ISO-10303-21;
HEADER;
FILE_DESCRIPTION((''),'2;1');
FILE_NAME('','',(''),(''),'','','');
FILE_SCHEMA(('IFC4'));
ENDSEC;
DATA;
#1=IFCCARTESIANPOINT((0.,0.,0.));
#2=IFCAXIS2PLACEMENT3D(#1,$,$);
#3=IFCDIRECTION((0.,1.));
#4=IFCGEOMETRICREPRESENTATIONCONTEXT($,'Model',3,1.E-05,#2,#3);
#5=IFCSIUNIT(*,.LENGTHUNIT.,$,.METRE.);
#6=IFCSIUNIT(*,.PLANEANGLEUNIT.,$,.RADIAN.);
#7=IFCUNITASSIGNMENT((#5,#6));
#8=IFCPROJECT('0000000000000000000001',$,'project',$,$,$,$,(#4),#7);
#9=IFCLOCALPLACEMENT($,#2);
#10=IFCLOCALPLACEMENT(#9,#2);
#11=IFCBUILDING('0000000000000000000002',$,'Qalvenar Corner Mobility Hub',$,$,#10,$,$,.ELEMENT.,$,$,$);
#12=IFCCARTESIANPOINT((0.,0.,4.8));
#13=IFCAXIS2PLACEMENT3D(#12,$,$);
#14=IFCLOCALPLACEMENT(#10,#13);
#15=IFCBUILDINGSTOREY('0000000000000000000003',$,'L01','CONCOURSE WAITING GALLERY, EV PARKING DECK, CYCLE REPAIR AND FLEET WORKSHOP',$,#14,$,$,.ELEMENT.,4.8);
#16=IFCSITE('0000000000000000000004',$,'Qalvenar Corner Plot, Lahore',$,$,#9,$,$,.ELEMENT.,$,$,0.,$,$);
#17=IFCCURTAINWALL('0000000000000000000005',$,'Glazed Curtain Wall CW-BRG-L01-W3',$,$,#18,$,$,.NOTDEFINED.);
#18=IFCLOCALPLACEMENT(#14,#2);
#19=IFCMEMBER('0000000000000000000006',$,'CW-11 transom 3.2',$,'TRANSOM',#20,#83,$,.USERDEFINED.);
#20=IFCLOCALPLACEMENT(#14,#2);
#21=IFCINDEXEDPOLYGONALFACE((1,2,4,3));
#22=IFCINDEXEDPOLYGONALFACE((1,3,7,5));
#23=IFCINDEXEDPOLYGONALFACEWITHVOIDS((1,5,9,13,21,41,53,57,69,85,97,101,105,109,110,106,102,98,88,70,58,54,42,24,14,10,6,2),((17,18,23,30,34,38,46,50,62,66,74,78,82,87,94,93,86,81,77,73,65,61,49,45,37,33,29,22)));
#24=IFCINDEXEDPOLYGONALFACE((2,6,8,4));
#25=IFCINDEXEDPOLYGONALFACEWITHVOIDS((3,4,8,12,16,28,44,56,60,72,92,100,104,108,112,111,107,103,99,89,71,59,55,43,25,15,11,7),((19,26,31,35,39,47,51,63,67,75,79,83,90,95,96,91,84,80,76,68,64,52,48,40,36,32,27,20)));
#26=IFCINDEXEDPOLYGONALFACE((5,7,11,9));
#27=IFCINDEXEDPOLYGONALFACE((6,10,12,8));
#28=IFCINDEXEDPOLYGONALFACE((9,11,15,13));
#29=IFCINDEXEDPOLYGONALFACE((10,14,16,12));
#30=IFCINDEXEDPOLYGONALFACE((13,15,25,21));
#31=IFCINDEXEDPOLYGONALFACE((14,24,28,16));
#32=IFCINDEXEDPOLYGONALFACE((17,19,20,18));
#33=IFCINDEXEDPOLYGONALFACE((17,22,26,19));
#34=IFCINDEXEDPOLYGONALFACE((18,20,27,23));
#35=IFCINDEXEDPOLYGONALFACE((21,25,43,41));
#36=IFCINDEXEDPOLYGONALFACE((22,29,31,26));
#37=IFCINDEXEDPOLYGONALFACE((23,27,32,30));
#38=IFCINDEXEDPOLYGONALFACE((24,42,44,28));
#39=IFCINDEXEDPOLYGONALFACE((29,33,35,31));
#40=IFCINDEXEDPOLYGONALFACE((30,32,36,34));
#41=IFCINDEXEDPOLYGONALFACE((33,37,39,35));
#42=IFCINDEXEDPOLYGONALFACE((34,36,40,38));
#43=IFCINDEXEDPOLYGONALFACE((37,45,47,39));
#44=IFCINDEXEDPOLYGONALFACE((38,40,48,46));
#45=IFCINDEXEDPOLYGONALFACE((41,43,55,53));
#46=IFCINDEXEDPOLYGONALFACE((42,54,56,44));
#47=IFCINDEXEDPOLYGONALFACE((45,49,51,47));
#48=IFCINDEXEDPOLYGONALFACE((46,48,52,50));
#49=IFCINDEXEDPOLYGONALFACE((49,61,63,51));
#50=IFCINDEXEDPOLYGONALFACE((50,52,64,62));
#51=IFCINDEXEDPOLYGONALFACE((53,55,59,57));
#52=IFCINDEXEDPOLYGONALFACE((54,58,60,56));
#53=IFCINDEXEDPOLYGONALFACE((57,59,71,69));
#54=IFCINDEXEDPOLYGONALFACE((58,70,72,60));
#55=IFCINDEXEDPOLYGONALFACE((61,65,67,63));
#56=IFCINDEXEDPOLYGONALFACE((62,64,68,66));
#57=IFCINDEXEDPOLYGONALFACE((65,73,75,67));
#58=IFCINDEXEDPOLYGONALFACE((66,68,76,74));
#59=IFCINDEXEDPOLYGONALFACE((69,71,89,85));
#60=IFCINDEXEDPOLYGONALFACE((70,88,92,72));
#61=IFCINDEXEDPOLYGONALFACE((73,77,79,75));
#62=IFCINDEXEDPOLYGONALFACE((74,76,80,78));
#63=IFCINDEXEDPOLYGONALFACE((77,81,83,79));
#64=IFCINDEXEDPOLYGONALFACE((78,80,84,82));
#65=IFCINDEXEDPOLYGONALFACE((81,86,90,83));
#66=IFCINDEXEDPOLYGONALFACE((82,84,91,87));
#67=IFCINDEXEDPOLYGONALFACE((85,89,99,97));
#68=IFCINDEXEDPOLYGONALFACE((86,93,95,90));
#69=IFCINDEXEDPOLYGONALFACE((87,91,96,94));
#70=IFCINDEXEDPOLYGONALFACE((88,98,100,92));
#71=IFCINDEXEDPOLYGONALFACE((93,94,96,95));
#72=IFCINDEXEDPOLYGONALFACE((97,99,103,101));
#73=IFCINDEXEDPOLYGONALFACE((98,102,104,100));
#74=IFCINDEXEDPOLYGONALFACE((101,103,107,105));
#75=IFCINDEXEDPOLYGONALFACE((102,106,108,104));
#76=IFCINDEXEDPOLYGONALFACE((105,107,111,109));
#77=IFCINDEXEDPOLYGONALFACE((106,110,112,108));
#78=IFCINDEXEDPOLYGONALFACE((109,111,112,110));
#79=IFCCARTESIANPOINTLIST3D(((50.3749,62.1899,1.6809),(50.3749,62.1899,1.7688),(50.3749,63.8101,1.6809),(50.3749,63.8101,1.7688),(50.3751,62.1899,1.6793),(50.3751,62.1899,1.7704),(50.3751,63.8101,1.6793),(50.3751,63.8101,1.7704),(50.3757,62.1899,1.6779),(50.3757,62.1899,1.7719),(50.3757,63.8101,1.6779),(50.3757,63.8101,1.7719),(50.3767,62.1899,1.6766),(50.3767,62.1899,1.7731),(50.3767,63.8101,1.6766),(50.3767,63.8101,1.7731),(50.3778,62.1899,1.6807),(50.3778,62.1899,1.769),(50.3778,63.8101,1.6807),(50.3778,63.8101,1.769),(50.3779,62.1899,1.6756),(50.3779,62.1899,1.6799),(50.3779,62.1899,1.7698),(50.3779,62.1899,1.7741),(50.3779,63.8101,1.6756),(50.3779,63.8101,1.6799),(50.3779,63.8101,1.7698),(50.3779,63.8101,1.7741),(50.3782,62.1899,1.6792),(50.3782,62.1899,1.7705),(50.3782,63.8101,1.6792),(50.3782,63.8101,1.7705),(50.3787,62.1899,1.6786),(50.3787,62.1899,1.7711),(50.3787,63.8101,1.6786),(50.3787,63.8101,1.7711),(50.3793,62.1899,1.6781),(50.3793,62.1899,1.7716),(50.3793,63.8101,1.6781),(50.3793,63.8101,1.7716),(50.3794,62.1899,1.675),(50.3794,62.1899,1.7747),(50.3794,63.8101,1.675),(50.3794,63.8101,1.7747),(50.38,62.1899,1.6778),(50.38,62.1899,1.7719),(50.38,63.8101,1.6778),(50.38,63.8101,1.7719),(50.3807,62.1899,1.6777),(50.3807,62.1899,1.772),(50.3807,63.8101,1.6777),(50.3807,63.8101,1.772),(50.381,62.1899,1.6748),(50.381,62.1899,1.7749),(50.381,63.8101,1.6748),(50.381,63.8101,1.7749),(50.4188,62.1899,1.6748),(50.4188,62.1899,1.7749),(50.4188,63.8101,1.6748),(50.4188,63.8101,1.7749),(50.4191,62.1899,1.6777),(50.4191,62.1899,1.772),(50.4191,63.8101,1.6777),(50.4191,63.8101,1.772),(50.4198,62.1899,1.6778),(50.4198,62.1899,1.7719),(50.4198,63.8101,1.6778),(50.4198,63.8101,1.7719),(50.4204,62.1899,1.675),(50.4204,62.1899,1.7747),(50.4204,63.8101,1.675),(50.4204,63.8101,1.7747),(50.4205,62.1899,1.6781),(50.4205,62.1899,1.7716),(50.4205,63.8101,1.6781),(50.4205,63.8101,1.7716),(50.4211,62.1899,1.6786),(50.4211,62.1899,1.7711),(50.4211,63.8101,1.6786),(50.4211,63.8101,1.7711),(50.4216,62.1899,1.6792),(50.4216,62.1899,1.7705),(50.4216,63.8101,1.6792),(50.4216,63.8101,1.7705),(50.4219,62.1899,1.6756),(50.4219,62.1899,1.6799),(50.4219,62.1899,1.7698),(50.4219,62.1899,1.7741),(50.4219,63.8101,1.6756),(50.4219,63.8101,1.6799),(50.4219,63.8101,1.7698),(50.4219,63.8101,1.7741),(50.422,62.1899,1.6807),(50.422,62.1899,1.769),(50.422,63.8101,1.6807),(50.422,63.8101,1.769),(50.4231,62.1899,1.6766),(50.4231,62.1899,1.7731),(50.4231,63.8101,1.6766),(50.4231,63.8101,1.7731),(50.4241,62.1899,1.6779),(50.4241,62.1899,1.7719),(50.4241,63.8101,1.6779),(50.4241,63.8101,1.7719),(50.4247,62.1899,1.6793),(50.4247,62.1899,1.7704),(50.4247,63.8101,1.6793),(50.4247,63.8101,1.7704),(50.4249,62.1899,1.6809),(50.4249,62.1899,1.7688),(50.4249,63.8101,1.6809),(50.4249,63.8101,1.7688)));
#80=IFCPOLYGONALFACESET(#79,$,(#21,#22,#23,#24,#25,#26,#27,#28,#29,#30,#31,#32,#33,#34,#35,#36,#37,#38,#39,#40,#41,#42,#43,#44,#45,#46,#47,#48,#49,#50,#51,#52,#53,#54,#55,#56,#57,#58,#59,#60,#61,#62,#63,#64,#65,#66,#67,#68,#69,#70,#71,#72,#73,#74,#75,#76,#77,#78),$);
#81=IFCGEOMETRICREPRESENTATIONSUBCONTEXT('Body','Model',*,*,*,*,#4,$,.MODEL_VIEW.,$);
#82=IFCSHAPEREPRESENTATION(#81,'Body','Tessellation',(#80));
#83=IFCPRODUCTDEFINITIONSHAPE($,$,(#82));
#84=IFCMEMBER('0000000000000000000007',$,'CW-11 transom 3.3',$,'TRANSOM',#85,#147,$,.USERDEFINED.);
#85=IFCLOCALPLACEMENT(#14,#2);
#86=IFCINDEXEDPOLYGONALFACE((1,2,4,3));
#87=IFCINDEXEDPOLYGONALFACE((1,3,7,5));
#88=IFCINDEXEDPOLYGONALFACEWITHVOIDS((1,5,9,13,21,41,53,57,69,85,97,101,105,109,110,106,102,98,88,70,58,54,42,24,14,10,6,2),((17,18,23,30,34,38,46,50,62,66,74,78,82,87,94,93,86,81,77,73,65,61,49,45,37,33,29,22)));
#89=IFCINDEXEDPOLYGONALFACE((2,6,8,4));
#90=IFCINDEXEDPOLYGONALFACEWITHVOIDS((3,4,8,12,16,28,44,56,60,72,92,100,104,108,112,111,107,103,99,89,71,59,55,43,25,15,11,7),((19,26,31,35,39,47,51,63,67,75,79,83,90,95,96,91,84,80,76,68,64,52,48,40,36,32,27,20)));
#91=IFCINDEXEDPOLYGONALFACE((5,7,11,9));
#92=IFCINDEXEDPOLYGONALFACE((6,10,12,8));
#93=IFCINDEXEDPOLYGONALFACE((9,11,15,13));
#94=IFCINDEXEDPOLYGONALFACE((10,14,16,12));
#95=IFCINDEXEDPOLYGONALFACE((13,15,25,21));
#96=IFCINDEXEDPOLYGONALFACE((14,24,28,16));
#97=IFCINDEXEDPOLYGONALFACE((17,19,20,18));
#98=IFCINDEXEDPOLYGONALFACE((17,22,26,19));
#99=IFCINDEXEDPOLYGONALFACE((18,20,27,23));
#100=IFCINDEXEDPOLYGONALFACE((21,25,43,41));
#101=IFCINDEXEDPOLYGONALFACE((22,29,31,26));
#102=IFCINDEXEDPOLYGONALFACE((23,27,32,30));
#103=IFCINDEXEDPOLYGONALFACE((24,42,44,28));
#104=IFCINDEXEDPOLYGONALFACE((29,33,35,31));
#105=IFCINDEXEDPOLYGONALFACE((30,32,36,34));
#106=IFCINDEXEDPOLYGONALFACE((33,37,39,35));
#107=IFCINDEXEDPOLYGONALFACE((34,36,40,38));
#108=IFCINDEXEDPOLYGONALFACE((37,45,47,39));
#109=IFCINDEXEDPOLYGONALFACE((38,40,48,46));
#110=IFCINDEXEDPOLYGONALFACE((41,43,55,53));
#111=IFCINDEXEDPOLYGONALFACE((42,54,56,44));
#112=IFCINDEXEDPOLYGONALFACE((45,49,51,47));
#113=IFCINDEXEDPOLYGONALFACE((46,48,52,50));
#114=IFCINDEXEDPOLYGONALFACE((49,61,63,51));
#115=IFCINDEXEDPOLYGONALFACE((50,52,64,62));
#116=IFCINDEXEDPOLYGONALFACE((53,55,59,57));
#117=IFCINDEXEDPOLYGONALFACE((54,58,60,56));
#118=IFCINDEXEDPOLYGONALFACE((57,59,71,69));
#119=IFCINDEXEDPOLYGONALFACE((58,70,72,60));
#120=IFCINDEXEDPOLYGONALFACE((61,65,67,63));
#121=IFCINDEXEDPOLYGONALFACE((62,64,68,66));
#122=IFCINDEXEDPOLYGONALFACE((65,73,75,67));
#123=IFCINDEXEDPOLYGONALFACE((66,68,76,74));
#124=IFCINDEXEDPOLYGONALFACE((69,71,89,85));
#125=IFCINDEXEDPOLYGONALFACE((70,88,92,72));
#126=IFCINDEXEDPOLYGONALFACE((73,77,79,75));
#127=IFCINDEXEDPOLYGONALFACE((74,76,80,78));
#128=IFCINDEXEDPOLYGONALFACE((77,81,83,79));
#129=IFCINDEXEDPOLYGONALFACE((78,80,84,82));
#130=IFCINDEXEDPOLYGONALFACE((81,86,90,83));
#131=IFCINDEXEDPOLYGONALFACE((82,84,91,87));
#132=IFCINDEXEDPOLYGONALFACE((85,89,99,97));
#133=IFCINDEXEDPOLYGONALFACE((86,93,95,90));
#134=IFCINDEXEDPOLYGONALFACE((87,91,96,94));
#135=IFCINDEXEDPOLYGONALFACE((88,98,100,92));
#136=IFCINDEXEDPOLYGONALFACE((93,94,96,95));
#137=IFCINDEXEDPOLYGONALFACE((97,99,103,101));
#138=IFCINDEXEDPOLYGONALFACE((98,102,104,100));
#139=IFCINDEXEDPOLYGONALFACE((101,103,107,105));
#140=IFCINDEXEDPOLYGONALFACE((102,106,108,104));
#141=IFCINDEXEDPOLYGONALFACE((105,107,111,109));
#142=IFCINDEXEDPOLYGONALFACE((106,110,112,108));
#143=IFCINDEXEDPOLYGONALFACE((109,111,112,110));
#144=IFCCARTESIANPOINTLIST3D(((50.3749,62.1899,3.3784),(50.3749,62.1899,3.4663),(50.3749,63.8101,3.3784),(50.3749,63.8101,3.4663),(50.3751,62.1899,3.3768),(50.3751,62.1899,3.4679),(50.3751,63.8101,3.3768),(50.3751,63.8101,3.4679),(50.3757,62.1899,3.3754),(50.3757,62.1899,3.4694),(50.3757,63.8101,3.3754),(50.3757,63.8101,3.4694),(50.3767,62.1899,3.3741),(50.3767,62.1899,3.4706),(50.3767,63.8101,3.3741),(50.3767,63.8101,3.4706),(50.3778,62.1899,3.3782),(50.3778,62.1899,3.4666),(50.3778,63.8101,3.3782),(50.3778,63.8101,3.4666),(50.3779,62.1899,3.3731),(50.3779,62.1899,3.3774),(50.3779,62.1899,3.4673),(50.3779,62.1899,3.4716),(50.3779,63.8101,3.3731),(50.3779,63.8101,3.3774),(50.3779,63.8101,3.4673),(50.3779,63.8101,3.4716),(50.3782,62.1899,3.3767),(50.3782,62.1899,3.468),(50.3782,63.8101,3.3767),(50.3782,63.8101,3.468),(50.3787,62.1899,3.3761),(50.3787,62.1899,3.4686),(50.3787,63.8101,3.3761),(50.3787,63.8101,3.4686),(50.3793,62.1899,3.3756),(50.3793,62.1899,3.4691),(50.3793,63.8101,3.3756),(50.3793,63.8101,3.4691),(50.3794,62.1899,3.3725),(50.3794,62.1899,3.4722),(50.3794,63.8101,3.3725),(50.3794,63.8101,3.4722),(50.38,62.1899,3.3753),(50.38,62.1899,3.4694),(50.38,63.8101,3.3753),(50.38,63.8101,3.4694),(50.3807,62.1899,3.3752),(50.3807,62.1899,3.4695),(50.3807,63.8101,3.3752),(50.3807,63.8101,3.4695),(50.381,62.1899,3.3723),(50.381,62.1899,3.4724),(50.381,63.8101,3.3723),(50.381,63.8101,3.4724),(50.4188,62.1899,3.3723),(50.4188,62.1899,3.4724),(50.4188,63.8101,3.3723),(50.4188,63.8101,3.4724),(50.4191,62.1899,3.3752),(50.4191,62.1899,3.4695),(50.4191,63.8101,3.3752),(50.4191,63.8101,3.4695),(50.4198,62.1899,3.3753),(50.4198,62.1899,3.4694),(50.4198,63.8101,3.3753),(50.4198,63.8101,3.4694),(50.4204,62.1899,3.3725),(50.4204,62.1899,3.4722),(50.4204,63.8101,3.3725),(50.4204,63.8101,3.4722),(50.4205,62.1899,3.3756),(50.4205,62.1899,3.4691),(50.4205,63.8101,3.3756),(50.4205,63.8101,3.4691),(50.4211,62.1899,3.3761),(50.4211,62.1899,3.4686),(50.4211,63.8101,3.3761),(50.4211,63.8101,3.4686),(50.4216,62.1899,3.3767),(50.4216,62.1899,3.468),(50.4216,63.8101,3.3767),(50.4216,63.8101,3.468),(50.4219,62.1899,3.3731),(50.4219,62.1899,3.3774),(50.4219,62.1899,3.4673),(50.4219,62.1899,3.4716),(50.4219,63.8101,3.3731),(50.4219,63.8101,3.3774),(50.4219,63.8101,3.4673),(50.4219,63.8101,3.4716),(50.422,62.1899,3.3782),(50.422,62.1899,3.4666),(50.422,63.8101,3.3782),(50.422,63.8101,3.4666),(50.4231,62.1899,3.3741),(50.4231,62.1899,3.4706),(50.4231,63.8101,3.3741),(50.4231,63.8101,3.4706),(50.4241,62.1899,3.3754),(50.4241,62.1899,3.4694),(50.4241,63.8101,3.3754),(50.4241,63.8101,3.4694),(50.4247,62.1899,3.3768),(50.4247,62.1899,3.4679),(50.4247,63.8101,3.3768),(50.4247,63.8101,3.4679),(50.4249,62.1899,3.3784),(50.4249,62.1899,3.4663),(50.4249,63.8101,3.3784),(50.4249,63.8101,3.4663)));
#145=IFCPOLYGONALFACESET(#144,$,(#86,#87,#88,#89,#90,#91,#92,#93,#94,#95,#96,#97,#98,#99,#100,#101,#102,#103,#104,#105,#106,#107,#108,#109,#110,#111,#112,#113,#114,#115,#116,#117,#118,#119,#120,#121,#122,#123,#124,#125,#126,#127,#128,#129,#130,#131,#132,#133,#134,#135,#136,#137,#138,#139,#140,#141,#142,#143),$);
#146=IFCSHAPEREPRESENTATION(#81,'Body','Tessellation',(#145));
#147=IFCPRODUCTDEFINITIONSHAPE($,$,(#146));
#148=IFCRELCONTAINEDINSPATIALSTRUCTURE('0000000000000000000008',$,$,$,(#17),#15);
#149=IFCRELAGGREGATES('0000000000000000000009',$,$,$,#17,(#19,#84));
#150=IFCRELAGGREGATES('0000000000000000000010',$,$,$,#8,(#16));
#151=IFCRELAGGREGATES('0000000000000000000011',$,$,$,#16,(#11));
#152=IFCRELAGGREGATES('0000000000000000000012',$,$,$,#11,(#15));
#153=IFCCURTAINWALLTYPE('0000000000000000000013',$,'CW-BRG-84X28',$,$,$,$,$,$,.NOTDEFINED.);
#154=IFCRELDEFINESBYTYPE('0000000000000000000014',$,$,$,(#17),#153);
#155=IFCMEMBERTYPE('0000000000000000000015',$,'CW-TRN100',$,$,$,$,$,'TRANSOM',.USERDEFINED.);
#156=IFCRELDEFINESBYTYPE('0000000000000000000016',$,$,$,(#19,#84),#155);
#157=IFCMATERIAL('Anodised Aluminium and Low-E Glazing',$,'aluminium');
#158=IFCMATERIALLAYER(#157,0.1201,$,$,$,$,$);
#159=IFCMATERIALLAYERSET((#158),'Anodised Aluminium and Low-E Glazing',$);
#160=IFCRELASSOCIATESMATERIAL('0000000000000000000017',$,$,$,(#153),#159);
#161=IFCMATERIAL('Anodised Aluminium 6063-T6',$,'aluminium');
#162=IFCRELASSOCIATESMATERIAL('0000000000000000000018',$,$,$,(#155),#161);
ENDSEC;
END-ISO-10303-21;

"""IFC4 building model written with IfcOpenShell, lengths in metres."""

from ifc_helpers import new_model, si_unit, direction, frame, origin, origin_2d, place, context, subcontext, project, spatial, hollow_rectangle, extrude, material, layer, layer_set, material_profile, profile_set, type_object, element, aggregate, save


model = new_model("IFC4")

# Units and contexts
model_context = context("Model", 3, precision=1e-05, world=origin(), true_north=direction((0.0, 1.0)))
body_context = subcontext(model_context, "Body", "Model", "MODEL_VIEW")
ifc_project = project(units=[si_unit("LENGTHUNIT", "METRE"), si_unit("PLANEANGLEUNIT", "RADIAN")], contexts=[model_context])

# Site, building, storey
site_placement = place(None, origin())
site = spatial("IfcSite", under=ifc_project, at=site_placement, Name="Qalvenar Corner Plot, Lahore", CompositionType="ELEMENT", RefElevation=0.0)
building_placement = place(site_placement, origin())
building = spatial("IfcBuilding", under=site, at=building_placement, Name="Qalvenar Corner Mobility Hub", CompositionType="ELEMENT")
storey_placement = place(building_placement, frame((0.0, 0.0, 4.8)))
storey = spatial("IfcBuildingStorey", under=building, at=storey_placement, Name="L01", Description="CONCOURSE WAITING GALLERY, EV PARKING DECK, CYCLE REPAIR AND FLEET WORKSHOP", CompositionType="ELEMENT", Elevation=4.8)

# Shared definitions
ifc_material_1 = material(Name="Anodised Aluminium and Low-E Glazing", Category="aluminium")
ifc_layer_1 = layer(ifc_material_1, 0.1201)
ifc_layer_set_1 = layer_set([ifc_layer_1], Name="Anodised Aluminium and Low-E Glazing")
curtain_wall_type = type_object("IfcCurtainWallType", Name="CW-BRG-84X28", PredefinedType="NOTDEFINED", material=ifc_layer_set_1)
ifc_material_2 = material(Name="Anodised Aluminium 6063-T6", Category="aluminium")

# Curtain wall
curtain_wall_1_placement = place(storey_placement, origin())
curtain_wall_1 = element("IfcCurtainWall", 1, at=curtain_wall_1_placement, inside=storey, type_object=curtain_wall_type, Name="Glazed Curtain Wall CW-BRG-L01-W3", PredefinedType="NOTDEFINED")

# Members
ifc_material_profile_1 = material_profile(ifc_material_2, hollow_rectangle(XDim=0.05, YDim=0.1001, WallThickness=0.0029, InnerFilletRadius=0.0029, OuterFilletRadius=0.0061, at=origin_2d()), Name="RHS100x50x3")
ifc_profile_set_1 = profile_set([ifc_material_profile_1], Name="Anodised Aluminium 6063-T6")
member_type_1 = type_object("IfcMemberType", Name="CW-TRN100", ElementType="TRANSOM", PredefinedType="USERDEFINED", material=ifc_profile_set_1)
member_1_placement = place(storey_placement, frame((50.3999, 63.8101, 1.7249), z_axis=(0.0, -1.0, 0.0), x_axis=(1.0, 0.0, 0.0)))
member_1 = element("IfcMember", 2, at=member_1_placement, type_object=member_type_1, Name="CW-11 transom 3.2", ObjectType="TRANSOM", PredefinedType="USERDEFINED", context=body_context, shape_type="SweptSolid", body=[
    extrude(hollow_rectangle(XDim=0.05, YDim=0.1001, WallThickness=0.0029, InnerFilletRadius=0.0029, OuterFilletRadius=0.0061, at=origin_2d()), origin(), (0.0, 0.0, 1.0), 1.6201),
])
member_2_placement = place(storey_placement, frame((50.3999, 63.8101, 3.4224), z_axis=(0.0, -1.0, 0.0), x_axis=(1.0, 0.0, 0.0)))
member_2 = element("IfcMember", 3, at=member_2_placement, type_object=member_type_1, Name="CW-11 transom 3.3", ObjectType="TRANSOM", PredefinedType="USERDEFINED", context=body_context, shape_type="SweptSolid", body=[
    extrude(hollow_rectangle(XDim=0.05, YDim=0.1001, WallThickness=0.0029, InnerFilletRadius=0.0029, OuterFilletRadius=0.0061, at=origin_2d()), origin(), (0.0, 0.0, 1.0), 1.6201),
])

aggregate(curtain_wall_1, [member_1, member_2])

save(model, "model.ifc")
